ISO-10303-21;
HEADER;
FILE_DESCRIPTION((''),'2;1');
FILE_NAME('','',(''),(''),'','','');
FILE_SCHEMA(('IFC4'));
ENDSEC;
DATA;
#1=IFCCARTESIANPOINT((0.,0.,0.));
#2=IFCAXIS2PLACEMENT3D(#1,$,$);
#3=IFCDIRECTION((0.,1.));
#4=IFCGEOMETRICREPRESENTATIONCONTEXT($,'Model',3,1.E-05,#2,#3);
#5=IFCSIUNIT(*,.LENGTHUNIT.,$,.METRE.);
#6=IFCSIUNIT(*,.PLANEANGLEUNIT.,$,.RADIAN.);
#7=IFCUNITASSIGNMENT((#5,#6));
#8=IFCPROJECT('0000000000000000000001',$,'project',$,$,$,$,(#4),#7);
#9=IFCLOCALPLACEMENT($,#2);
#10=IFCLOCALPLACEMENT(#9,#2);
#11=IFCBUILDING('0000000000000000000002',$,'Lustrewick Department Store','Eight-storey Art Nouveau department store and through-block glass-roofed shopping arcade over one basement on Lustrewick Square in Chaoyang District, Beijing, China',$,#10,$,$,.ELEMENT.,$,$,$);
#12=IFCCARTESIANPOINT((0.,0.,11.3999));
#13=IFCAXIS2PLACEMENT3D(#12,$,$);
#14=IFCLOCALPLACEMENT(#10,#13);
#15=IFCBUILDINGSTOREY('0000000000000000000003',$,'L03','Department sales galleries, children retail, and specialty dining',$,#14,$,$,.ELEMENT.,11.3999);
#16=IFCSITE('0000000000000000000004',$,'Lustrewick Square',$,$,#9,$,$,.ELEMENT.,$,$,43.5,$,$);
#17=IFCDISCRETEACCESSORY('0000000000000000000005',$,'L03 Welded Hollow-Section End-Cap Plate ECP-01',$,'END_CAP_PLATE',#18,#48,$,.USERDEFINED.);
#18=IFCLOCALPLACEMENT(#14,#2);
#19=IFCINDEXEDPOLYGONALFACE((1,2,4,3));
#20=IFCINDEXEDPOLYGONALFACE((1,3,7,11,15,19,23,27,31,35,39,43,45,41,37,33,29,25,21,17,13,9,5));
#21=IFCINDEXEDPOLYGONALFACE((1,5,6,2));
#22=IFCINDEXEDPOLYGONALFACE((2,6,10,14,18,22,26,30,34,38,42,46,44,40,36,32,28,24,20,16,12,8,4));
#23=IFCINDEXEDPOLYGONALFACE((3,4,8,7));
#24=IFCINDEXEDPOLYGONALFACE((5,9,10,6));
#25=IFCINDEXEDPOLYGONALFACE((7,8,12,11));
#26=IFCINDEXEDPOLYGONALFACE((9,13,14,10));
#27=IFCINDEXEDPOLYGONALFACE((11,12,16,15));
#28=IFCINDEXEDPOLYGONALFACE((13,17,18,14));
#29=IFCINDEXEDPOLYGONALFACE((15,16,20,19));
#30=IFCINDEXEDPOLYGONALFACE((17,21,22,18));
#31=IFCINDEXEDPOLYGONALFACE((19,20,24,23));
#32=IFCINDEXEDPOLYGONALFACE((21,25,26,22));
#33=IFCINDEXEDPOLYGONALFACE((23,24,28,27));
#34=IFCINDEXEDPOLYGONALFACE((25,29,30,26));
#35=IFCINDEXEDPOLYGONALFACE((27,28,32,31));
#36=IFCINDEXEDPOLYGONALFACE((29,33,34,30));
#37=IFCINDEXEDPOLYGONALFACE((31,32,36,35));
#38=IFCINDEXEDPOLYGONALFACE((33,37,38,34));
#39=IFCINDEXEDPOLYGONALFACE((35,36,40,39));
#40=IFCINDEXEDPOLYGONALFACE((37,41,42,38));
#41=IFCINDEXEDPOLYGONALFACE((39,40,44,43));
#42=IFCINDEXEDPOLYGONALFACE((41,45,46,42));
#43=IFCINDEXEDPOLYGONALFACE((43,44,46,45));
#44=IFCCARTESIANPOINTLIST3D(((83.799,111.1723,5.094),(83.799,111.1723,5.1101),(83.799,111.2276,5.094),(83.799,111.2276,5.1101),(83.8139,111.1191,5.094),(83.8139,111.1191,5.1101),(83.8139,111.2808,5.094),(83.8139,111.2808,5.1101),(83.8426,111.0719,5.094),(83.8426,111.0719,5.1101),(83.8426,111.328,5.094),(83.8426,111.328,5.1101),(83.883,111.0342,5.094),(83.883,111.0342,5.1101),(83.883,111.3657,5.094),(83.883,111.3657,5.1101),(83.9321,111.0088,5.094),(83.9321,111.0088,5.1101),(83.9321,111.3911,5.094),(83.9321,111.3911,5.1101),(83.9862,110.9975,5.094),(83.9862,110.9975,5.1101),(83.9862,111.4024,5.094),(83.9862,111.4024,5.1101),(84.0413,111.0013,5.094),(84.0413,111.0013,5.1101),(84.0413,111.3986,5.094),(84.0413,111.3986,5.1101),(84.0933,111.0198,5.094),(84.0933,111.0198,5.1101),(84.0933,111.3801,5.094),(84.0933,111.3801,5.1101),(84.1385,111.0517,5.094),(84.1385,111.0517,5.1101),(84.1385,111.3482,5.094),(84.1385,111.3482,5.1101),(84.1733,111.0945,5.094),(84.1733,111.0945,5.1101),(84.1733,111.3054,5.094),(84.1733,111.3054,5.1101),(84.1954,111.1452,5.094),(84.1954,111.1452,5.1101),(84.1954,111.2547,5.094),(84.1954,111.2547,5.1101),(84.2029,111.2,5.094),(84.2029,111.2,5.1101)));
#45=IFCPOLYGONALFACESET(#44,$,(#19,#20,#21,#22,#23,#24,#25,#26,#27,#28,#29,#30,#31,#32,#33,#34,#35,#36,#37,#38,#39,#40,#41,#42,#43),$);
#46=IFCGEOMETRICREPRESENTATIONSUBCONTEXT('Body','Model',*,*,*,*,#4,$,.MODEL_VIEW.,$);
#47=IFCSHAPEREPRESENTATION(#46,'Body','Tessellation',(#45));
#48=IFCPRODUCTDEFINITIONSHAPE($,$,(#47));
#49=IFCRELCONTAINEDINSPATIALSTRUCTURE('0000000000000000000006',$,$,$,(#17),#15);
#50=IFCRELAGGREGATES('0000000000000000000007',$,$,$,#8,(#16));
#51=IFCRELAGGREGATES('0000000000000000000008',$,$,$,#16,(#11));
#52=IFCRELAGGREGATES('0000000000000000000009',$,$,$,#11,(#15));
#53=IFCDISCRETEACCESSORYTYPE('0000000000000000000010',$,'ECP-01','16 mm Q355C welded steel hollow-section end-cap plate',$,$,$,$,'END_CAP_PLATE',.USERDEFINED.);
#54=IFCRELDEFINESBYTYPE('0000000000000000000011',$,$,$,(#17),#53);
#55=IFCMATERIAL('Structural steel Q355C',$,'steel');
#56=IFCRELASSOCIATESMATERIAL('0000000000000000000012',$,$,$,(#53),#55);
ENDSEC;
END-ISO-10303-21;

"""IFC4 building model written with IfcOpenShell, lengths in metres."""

from ifc_helpers import new_model, si_unit, direction, frame, origin, origin_2d, place, context, subcontext, project, spatial, circle, extrude, material, type_object, element, save


model = new_model("IFC4")

# Units and contexts
model_context = context("Model", 3, precision=1e-05, world=origin(), true_north=direction((0.0, 1.0)))
body_context = subcontext(model_context, "Body", "Model", "MODEL_VIEW")
ifc_project = project(units=[si_unit("LENGTHUNIT", "METRE"), si_unit("PLANEANGLEUNIT", "RADIAN")], contexts=[model_context])

# Site, building, storey
site_placement = place(None, origin())
site = spatial("IfcSite", under=ifc_project, at=site_placement, Name="Lustrewick Square", CompositionType="ELEMENT", RefElevation=43.5)
building_placement = place(site_placement, origin())
building = spatial("IfcBuilding", under=site, at=building_placement, Name="Lustrewick Department Store", Description="Eight-storey Art Nouveau department store and through-block glass-roofed shopping arcade over one basement on Lustrewick Square in Chaoyang District, Beijing, China", CompositionType="ELEMENT")
storey_placement = place(building_placement, frame((0.0, 0.0, 11.3999)))
storey = spatial("IfcBuildingStorey", under=building, at=storey_placement, Name="L03", Description="Department sales galleries, children retail, and specialty dining", CompositionType="ELEMENT", Elevation=11.3999)

# Shared definitions
ifc_material_1 = material(Name="Structural steel Q355C", Category="steel")

# Discrete accessory
discrete_accessory_type_1 = type_object("IfcDiscreteAccessoryType", Name="ECP-01", Description="16 mm Q355C welded steel hollow-section end-cap plate", ElementType="END_CAP_PLATE", PredefinedType="USERDEFINED", material=ifc_material_1)
discrete_accessory_placement = place(storey_placement, frame((84.0, 111.2, 5.094), z_axis=(0.0, 0.0, 1.0), x_axis=(1.0, 0.0, 0.0)))
element("IfcDiscreteAccessory", 1, at=discrete_accessory_placement, inside=storey, type_object=discrete_accessory_type_1, Name="L03 Welded Hollow-Section End-Cap Plate ECP-01", ObjectType="END_CAP_PLATE", PredefinedType="USERDEFINED", context=body_context, shape_type="SweptSolid", body=[
    extrude(circle(Radius=0.2029, at=origin_2d()), origin(), (0.0, 0.0, 1.0), 0.0161),
])

save(model, "model.ifc")
